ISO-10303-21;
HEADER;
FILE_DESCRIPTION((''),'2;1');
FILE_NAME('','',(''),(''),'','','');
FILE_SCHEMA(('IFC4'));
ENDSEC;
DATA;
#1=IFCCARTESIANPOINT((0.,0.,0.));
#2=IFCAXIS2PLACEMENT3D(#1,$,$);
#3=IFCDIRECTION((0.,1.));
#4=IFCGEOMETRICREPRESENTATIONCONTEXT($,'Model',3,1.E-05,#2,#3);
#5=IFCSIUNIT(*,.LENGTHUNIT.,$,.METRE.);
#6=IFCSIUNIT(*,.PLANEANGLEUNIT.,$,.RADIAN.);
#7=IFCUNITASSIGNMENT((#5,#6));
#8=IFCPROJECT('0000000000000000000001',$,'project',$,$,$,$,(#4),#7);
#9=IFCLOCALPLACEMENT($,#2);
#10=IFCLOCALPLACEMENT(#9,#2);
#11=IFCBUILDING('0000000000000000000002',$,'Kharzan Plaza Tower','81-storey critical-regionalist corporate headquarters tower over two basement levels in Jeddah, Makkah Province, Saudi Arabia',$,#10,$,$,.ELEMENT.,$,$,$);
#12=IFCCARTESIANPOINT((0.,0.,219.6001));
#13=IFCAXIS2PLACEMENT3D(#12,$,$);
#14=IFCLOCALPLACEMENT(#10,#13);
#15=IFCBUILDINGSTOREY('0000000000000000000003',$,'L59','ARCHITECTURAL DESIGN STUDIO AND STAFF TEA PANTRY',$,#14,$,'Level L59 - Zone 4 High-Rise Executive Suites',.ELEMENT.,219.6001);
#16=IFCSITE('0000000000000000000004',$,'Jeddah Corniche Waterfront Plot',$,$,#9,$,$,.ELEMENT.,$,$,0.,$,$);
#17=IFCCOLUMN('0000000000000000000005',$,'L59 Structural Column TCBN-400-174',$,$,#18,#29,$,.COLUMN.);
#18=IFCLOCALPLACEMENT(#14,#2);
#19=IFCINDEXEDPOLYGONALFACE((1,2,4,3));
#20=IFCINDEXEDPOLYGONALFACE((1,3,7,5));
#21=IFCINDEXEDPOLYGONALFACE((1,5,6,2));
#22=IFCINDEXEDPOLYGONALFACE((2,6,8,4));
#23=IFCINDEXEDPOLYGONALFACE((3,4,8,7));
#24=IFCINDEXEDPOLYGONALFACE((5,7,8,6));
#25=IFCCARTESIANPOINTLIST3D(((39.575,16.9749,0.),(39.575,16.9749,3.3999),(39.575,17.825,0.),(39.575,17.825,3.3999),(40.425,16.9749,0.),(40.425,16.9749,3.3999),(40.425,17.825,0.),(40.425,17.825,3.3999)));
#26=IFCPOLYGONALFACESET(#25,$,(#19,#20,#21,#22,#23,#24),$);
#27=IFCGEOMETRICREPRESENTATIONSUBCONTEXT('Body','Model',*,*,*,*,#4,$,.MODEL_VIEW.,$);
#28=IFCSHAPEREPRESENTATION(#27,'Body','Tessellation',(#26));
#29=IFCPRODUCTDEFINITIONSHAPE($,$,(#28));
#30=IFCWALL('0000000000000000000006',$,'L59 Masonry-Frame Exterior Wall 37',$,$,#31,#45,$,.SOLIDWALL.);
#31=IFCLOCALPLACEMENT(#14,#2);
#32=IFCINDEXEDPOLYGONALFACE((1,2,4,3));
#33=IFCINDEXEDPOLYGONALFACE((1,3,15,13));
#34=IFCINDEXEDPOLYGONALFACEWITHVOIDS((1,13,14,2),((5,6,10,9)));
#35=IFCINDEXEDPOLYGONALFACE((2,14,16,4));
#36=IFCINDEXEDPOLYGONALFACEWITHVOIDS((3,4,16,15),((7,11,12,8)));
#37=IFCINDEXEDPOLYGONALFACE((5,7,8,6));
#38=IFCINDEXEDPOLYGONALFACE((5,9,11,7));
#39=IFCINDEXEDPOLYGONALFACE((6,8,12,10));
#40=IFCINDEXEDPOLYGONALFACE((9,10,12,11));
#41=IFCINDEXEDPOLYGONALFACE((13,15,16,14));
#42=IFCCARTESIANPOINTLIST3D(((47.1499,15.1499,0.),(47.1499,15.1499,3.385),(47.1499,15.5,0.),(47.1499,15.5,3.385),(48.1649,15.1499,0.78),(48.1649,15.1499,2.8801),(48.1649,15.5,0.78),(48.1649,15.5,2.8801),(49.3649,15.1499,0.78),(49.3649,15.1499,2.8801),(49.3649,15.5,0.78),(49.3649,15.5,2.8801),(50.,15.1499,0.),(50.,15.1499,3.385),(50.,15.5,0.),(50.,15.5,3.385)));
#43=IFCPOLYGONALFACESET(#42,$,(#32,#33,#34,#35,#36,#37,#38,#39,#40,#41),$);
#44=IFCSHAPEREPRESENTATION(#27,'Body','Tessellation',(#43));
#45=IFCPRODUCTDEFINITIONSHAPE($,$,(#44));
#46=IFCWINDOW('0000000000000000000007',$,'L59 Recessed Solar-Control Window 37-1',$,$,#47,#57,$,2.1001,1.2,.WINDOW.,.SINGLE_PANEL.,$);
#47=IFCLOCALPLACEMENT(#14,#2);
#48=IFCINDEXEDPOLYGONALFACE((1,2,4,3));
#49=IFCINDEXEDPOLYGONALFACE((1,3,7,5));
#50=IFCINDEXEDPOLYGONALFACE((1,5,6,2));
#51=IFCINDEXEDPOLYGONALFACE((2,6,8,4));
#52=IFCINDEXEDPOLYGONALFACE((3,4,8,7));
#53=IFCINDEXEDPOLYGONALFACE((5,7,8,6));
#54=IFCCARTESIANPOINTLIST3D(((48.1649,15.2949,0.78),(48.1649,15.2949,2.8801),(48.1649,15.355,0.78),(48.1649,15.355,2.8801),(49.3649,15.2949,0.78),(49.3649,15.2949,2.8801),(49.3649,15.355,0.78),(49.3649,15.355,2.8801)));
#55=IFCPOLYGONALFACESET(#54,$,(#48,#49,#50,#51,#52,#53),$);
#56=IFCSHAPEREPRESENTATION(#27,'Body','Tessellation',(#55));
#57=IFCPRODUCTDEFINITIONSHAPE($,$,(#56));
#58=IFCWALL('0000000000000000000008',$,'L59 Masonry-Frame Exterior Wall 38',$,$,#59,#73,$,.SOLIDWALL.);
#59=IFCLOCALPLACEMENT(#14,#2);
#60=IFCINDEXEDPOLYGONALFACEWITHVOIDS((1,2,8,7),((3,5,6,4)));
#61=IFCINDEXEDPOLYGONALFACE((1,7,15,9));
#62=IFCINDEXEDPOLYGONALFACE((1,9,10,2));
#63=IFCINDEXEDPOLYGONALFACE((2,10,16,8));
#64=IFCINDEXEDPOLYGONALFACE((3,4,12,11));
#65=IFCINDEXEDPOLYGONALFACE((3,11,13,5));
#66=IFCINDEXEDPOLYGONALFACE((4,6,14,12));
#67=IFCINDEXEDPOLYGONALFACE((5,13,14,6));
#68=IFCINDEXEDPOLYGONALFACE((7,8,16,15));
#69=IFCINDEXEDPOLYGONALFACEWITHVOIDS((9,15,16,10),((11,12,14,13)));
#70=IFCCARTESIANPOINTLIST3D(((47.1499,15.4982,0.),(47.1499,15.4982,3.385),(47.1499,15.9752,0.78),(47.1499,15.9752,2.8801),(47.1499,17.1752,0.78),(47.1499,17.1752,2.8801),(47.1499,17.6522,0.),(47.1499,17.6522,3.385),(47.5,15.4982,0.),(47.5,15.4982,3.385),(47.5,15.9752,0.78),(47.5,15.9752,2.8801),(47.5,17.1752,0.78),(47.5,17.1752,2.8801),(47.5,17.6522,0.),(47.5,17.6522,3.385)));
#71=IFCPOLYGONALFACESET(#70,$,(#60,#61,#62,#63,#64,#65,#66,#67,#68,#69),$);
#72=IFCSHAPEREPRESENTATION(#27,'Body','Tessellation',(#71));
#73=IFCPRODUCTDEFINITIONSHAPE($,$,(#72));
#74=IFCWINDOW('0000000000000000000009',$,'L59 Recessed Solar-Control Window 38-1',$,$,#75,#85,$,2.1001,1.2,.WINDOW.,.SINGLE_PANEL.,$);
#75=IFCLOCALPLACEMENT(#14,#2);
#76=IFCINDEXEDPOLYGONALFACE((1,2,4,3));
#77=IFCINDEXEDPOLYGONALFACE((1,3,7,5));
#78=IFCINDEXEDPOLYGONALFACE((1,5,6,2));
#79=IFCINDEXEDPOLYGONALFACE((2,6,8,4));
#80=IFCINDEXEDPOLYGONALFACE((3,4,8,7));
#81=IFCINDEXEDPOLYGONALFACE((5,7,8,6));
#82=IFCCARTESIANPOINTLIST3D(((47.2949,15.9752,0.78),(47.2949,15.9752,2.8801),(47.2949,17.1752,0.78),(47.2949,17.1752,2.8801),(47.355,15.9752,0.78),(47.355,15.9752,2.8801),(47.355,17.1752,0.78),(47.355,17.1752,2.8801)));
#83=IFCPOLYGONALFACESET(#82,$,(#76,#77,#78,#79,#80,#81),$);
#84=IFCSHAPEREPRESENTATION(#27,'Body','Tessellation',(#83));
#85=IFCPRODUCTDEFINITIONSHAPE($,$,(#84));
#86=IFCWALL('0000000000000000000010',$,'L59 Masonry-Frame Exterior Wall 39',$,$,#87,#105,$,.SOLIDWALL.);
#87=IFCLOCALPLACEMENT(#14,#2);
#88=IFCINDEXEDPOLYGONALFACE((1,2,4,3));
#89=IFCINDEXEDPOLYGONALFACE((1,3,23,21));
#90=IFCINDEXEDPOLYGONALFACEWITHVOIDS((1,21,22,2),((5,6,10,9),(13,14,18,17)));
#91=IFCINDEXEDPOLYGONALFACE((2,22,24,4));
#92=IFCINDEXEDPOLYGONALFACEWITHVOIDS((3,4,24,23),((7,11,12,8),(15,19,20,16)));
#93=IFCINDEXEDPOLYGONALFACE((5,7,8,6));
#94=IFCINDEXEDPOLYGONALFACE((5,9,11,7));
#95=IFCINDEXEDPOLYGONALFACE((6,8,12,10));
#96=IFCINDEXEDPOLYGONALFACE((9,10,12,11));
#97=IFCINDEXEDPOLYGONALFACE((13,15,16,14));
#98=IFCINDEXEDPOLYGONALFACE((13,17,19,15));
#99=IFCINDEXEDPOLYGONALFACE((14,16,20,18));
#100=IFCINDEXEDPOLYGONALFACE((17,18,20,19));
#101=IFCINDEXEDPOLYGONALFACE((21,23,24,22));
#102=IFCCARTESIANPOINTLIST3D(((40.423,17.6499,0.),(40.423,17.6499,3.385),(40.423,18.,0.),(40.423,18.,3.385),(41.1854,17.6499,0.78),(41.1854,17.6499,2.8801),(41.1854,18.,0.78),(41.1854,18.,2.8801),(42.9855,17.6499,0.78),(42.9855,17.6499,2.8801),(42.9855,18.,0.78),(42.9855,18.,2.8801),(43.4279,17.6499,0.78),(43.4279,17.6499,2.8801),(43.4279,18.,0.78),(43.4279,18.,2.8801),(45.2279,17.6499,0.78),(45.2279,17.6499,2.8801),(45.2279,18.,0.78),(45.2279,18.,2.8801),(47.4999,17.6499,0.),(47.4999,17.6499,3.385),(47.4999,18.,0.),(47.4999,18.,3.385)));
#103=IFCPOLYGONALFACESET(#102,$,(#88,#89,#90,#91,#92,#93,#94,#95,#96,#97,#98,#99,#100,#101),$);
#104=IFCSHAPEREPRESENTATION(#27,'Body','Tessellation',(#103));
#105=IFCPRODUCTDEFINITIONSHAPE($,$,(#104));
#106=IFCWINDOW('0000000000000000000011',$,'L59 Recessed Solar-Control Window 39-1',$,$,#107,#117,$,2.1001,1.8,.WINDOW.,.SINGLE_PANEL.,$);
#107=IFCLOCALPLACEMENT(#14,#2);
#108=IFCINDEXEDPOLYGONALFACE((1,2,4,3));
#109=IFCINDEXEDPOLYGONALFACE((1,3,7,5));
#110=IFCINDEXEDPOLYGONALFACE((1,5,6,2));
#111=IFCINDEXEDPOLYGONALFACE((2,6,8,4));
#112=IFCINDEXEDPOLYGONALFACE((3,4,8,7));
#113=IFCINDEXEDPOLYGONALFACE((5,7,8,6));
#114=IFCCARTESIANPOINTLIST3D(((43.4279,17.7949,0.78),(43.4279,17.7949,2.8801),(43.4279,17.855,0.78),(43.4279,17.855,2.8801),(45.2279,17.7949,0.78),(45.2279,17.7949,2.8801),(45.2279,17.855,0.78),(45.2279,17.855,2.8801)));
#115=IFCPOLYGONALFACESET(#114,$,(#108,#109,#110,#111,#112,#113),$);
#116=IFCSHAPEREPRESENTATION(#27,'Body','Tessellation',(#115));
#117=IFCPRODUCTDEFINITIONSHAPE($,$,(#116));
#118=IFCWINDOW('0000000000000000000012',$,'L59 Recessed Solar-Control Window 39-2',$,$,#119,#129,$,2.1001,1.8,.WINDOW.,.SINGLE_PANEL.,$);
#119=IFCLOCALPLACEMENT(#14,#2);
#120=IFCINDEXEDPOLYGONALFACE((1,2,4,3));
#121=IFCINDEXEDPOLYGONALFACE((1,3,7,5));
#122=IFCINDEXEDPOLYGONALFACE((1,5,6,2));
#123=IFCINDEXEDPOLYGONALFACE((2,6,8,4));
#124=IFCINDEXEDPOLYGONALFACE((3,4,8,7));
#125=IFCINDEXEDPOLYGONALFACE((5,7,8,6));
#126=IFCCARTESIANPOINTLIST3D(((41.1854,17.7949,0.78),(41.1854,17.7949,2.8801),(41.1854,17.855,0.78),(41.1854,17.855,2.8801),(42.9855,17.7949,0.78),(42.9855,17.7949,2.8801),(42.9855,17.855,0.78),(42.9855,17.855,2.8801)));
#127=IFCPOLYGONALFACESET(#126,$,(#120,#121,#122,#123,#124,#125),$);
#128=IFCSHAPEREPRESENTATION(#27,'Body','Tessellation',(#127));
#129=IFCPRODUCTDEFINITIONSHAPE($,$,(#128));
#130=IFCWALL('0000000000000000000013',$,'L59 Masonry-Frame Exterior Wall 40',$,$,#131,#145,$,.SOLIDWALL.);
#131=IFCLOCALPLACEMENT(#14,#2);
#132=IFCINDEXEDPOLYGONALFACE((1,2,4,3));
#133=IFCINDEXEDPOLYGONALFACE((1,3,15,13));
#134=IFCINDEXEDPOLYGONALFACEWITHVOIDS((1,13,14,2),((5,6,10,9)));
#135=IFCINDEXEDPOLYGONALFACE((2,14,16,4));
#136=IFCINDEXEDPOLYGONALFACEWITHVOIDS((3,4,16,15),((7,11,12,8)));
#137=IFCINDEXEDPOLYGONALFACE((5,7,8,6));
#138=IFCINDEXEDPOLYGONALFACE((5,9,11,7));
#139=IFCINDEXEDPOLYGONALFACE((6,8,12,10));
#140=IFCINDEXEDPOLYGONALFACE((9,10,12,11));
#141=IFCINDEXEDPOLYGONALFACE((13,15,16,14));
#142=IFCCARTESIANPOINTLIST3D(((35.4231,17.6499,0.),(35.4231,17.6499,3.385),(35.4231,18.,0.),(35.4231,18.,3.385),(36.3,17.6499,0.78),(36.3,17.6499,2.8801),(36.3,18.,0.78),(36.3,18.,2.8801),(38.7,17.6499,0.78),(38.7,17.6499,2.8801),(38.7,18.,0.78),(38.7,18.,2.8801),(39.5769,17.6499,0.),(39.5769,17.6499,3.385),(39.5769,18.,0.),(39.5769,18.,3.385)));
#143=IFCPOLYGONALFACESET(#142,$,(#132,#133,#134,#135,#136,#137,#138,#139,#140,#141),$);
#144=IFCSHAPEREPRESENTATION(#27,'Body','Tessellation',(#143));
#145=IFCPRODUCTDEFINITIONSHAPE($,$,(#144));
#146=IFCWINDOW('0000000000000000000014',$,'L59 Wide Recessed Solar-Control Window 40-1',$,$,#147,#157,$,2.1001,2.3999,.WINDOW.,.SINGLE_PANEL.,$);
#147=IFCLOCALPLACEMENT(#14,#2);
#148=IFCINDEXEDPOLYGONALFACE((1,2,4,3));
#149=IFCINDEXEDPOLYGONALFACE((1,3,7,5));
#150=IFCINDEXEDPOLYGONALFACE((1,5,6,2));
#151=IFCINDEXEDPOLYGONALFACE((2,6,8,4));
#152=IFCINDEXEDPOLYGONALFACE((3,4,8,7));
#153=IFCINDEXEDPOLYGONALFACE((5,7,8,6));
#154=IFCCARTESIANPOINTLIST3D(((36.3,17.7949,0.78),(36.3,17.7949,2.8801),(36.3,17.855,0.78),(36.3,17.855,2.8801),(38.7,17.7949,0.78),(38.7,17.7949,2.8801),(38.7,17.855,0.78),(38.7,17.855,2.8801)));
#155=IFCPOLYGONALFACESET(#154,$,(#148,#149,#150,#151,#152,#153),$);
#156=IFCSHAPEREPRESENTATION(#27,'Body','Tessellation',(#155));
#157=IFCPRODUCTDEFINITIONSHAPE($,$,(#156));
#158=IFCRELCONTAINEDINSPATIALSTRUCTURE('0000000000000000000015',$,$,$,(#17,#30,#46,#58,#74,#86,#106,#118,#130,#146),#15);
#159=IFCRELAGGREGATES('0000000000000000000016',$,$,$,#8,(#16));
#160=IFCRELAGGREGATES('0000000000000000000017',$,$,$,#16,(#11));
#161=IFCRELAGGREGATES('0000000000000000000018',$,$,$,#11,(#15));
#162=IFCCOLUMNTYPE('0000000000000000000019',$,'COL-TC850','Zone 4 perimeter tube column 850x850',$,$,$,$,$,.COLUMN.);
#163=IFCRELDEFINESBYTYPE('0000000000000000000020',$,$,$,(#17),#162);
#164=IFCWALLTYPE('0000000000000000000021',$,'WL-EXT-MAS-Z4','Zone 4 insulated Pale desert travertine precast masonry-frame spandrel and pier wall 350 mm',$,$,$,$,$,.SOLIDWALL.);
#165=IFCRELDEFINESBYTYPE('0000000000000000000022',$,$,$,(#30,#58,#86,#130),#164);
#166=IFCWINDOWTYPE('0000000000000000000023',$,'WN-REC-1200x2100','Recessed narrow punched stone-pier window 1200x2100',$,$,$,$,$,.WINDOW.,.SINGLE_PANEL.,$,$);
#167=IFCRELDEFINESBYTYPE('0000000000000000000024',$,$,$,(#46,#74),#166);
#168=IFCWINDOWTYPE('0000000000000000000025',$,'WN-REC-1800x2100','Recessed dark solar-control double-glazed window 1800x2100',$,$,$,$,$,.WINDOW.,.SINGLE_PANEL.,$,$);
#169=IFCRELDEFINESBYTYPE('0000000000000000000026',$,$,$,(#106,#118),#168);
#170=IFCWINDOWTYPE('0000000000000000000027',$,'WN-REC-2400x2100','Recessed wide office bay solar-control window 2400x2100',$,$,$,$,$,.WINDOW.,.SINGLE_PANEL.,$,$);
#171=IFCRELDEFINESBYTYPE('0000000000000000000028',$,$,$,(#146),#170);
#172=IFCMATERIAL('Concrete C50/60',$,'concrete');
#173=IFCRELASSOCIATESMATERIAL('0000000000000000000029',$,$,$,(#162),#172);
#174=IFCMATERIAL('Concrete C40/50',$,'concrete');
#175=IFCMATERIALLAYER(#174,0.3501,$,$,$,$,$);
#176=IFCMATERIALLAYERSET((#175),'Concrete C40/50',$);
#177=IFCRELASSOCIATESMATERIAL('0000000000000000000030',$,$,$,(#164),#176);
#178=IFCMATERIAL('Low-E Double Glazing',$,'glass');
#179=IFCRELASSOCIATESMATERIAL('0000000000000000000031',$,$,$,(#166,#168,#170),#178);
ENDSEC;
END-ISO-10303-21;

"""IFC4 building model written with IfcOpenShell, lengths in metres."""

from ifc_helpers import new_model, si_unit, direction, frame, frame_2d, origin, origin_2d, place, context, subcontext, project, spatial, rectangle, extrude, source, transform, mapped, material, layer, layer_set, material_profile, profile_set, type_object, element, fill, save


model = new_model("IFC4")

# Units and contexts
model_context = context("Model", 3, precision=1e-05, world=origin(), true_north=direction((0.0, 1.0)))
body_context = subcontext(model_context, "Body", "Model", "MODEL_VIEW")
ifc_project = project(units=[si_unit("LENGTHUNIT", "METRE"), si_unit("PLANEANGLEUNIT", "RADIAN")], contexts=[model_context])

# Site, building, storey
site_placement = place(None, origin())
site = spatial("IfcSite", under=ifc_project, at=site_placement, Name="Jeddah Corniche Waterfront Plot", CompositionType="ELEMENT", RefElevation=0.0)
building_placement = place(site_placement, origin())
building = spatial("IfcBuilding", under=site, at=building_placement, Name="Kharzan Plaza Tower", Description="81-storey critical-regionalist corporate headquarters tower over two basement levels in Jeddah, Makkah Province, Saudi Arabia", CompositionType="ELEMENT")
storey_placement = place(building_placement, frame((0.0, 0.0, 219.6001)))
storey = spatial("IfcBuildingStorey", under=building, at=storey_placement, Name="L59", Description="ARCHITECTURAL DESIGN STUDIO AND STAFF TEA PANTRY", LongName="Level L59 - Zone 4 High-Rise Executive Suites", CompositionType="ELEMENT", Elevation=219.6001)

# Column
ifc_material_1 = material(Name="Concrete C50/60", Category="concrete")
ifc_material_profile = material_profile(ifc_material_1, rectangle(XDim=0.8501, YDim=0.8501, at=origin_2d()), Name="RC-TC850x850")
ifc_profile_set = profile_set([ifc_material_profile], Name="Concrete C50/60")
column_type = type_object("IfcColumnType", Name="COL-TC850", Description="Zone 4 perimeter tube column 850x850", PredefinedType="COLUMN", material=ifc_profile_set)
shared_shape_1 = source(origin(), body_context, "Body", "SweptSolid", [
    extrude(rectangle(XDim=0.8501, YDim=0.8501, at=origin_2d()), origin(), (0.0, 0.0, 1.0), 3.3999),
])
column_placement = place(storey_placement, frame((40.0, 17.3999, 0.0), z_axis=(0.0, 0.0, 1.0), x_axis=(1.0, 0.0, 0.0)))
element("IfcColumn", 1, at=column_placement, inside=storey, type_object=column_type, Name="L59 Structural Column TCBN-400-174", PredefinedType="COLUMN", context=body_context, shape_type="MappedRepresentation", body=[
    mapped(shared_shape_1, transform((0.0, 0.0, 0.0), x_axis=(1.0, 0.0, 0.0), y_axis=(0.0, 1.0, 0.0), z_axis=(0.0, 0.0, 1.0))),
])

# Walls, openings, windows
ifc_material_2 = material(Name="Concrete C40/50", Category="concrete")
ifc_layer_1 = layer(ifc_material_2, 0.3501)
ifc_layer_set_1 = layer_set([ifc_layer_1], Name="Concrete C40/50")
wall_type_1 = type_object("IfcWallType", Name="WL-EXT-MAS-Z4", Description="Zone 4 insulated Pale desert travertine precast masonry-frame spandrel and pier wall 350 mm", PredefinedType="SOLIDWALL", material=ifc_layer_set_1)
wall_1_placement = place(storey_placement, frame((50.0, 15.325, 0.0), z_axis=(0.0, 0.0, 1.0), x_axis=(-1.0, 0.0, 0.0)))
wall_1 = element("IfcWall", 2, at=wall_1_placement, inside=storey, type_object=wall_type_1, Name="L59 Masonry-Frame Exterior Wall 37", PredefinedType="SOLIDWALL", context=body_context, shape_type="SweptSolid", body=[
    extrude(rectangle(XDim=2.8501, YDim=0.3501, at=frame_2d((1.425, 0.0))), origin(), (0.0, 0.0, 1.0), 3.385),
])
opening_1_placement = place(wall_1_placement, frame((0.635, 0.0, 0.78)))
opening_1 = element("IfcOpeningElement", 3, at=opening_1_placement, cuts=wall_1, PredefinedType="OPENING", context=body_context, shape_type="SweptSolid", body=[
    extrude(rectangle(XDim=1.2, YDim=2.1001, at=frame_2d((0.6001, 1.05))), frame((0.0, 0.1851, 0.0), z_axis=(0.0, -1.0, 0.0), x_axis=(1.0, 0.0, 0.0)), (0.0, 0.0, 1.0), 0.3701),
])
ifc_material_3 = material(Name="Low-E Double Glazing", Category="glass")
window_type_1 = type_object("IfcWindowType", Name="WN-REC-1200x2100", Description="Recessed narrow punched stone-pier window 1200x2100", PartitioningType="SINGLE_PANEL", PredefinedType="WINDOW", material=ifc_material_3)
shared_shape_2 = source(origin(), body_context, "Body", "SweptSolid", [
    extrude(rectangle(XDim=1.2, YDim=2.1001, at=frame_2d((0.6001, 1.05))), frame((0.0, 0.03, 0.0), z_axis=(0.0, -1.0, 0.0), x_axis=(1.0, 0.0, 0.0)), (0.0, 0.0, 1.0), 0.0601),
])
window_1_placement = place(opening_1_placement, origin())
window_1 = element("IfcWindow", 4, at=window_1_placement, inside=storey, type_object=window_type_1, Name="L59 Recessed Solar-Control Window 37-1", OverallHeight=2.1001, OverallWidth=1.2, PartitioningType="SINGLE_PANEL", PredefinedType="WINDOW", context=body_context, shape_type="MappedRepresentation", body=[
    mapped(shared_shape_2, transform((0.0, 0.0, 0.0), x_axis=(1.0, 0.0, 0.0), y_axis=(0.0, 1.0, 0.0), z_axis=(0.0, 0.0, 1.0))),
])
fill(opening_1, window_1)
wall_2_placement = place(storey_placement, frame((47.325, 15.498, 0.0), z_axis=(0.0, 0.0, 1.0), x_axis=(0.0, 1.0, 0.0)))
wall_2 = element("IfcWall", 5, at=wall_2_placement, inside=storey, type_object=wall_type_1, Name="L59 Masonry-Frame Exterior Wall 38", PredefinedType="SOLIDWALL", context=body_context, shape_type="SweptSolid", body=[
    extrude(rectangle(XDim=2.1541, YDim=0.3501, at=frame_2d((1.0771, 0.0))), origin(), (0.0, 0.0, 1.0), 3.385),
])
opening_2_placement = place(wall_2_placement, frame((0.4771, 0.0, 0.78)))
opening_2 = element("IfcOpeningElement", 6, at=opening_2_placement, cuts=wall_2, PredefinedType="OPENING", context=body_context, shape_type="SweptSolid", body=[
    extrude(rectangle(XDim=1.2, YDim=2.1001, at=frame_2d((0.6001, 1.05))), frame((0.0, 0.1851, 0.0), z_axis=(0.0, -1.0, 0.0), x_axis=(1.0, 0.0, 0.0)), (0.0, 0.0, 1.0), 0.3701),
])
window_2_placement = place(opening_2_placement, origin())
window_2 = element("IfcWindow", 7, at=window_2_placement, inside=storey, type_object=window_type_1, Name="L59 Recessed Solar-Control Window 38-1", OverallHeight=2.1001, OverallWidth=1.2, PartitioningType="SINGLE_PANEL", PredefinedType="WINDOW", context=body_context, shape_type="MappedRepresentation", body=[
    mapped(shared_shape_2, transform((0.0, 0.0, 0.0), x_axis=(1.0, 0.0, 0.0), y_axis=(0.0, 1.0, 0.0), z_axis=(0.0, 0.0, 1.0))),
])
fill(opening_2, window_2)

# Wall, openings, windows
wall_3_placement = place(storey_placement, frame((47.5, 17.825, 0.0), z_axis=(0.0, 0.0, 1.0), x_axis=(-1.0, 0.0, 0.0)))
wall_3 = element("IfcWall", 8, at=wall_3_placement, inside=storey, type_object=wall_type_1, Name="L59 Masonry-Frame Exterior Wall 39", PredefinedType="SOLIDWALL", context=body_context, shape_type="SweptSolid", body=[
    extrude(rectangle(XDim=7.0769, YDim=0.3501, at=frame_2d((3.5386, 0.0))), origin(), (0.0, 0.0, 1.0), 3.385),
])
opening_3_placement = place(wall_3_placement, frame((2.2722, 0.0, 0.78)))
opening_3 = element("IfcOpeningElement", 9, at=opening_3_placement, cuts=wall_3, PredefinedType="OPENING", context=body_context, shape_type="SweptSolid", body=[
    extrude(rectangle(XDim=1.8, YDim=2.1001, at=frame_2d((0.8999, 1.05))), frame((0.0, 0.1851, 0.0), z_axis=(0.0, -1.0, 0.0), x_axis=(1.0, 0.0, 0.0)), (0.0, 0.0, 1.0), 0.3701),
])
opening_4_placement = place(wall_3_placement, frame((4.5146, 0.0, 0.78)))
opening_4 = element("IfcOpeningElement", 10, at=opening_4_placement, cuts=wall_3, PredefinedType="OPENING", context=body_context, shape_type="SweptSolid", body=[
    extrude(rectangle(XDim=1.8, YDim=2.1001, at=frame_2d((0.8999, 1.05))), frame((0.0, 0.1851, 0.0), z_axis=(0.0, -1.0, 0.0), x_axis=(1.0, 0.0, 0.0)), (0.0, 0.0, 1.0), 0.3701),
])
window_type_2 = type_object("IfcWindowType", Name="WN-REC-1800x2100", Description="Recessed dark solar-control double-glazed window 1800x2100", PartitioningType="SINGLE_PANEL", PredefinedType="WINDOW", material=ifc_material_3)
shared_shape_3 = source(origin(), body_context, "Body", "SweptSolid", [
    extrude(rectangle(XDim=1.8, YDim=2.1001, at=frame_2d((0.8999, 1.05))), frame((0.0, 0.03, 0.0), z_axis=(0.0, -1.0, 0.0), x_axis=(1.0, 0.0, 0.0)), (0.0, 0.0, 1.0), 0.0601),
])
window_3_placement = place(opening_3_placement, origin())
window_3 = element("IfcWindow", 11, at=window_3_placement, inside=storey, type_object=window_type_2, Name="L59 Recessed Solar-Control Window 39-1", OverallHeight=2.1001, OverallWidth=1.8, PartitioningType="SINGLE_PANEL", PredefinedType="WINDOW", context=body_context, shape_type="MappedRepresentation", body=[
    mapped(shared_shape_3, transform((0.0, 0.0, 0.0), x_axis=(1.0, 0.0, 0.0), y_axis=(0.0, 1.0, 0.0), z_axis=(0.0, 0.0, 1.0))),
])
fill(opening_3, window_3)
window_4_placement = place(opening_4_placement, origin())
window_4 = element("IfcWindow", 12, at=window_4_placement, inside=storey, type_object=window_type_2, Name="L59 Recessed Solar-Control Window 39-2", OverallHeight=2.1001, OverallWidth=1.8, PartitioningType="SINGLE_PANEL", PredefinedType="WINDOW", context=body_context, shape_type="MappedRepresentation", body=[
    mapped(shared_shape_3, transform((0.0, 0.0, 0.0), x_axis=(1.0, 0.0, 0.0), y_axis=(0.0, 1.0, 0.0), z_axis=(0.0, 0.0, 1.0))),
])
fill(opening_4, window_4)

# Wall, opening, window
wall_4_placement = place(storey_placement, frame((39.5769, 17.825, 0.0), z_axis=(0.0, 0.0, 1.0), x_axis=(-1.0, 0.0, 0.0)))
wall_4 = element("IfcWall", 13, at=wall_4_placement, inside=storey, type_object=wall_type_1, Name="L59 Masonry-Frame Exterior Wall 40", PredefinedType="SOLIDWALL", context=body_context, shape_type="SweptSolid", body=[
    extrude(rectangle(XDim=4.1538, YDim=0.3501, at=frame_2d((2.0769, 0.0))), origin(), (0.0, 0.0, 1.0), 3.385),
])
opening_5_placement = place(wall_4_placement, frame((0.877, 0.0, 0.78)))
opening_5 = element("IfcOpeningElement", 14, at=opening_5_placement, cuts=wall_4, PredefinedType="OPENING", context=body_context, shape_type="SweptSolid", body=[
    extrude(rectangle(XDim=2.3999, YDim=2.1001, at=frame_2d((1.2, 1.05))), frame((0.0, 0.1851, 0.0), z_axis=(0.0, -1.0, 0.0), x_axis=(1.0, 0.0, 0.0)), (0.0, 0.0, 1.0), 0.3701),
])
window_type_3 = type_object("IfcWindowType", Name="WN-REC-2400x2100", Description="Recessed wide office bay solar-control window 2400x2100", PartitioningType="SINGLE_PANEL", PredefinedType="WINDOW", material=ifc_material_3)
shared_shape_4 = source(origin(), body_context, "Body", "SweptSolid", [
    extrude(rectangle(XDim=2.3999, YDim=2.1001, at=frame_2d((1.2, 1.05))), frame((0.0, 0.03, 0.0), z_axis=(0.0, -1.0, 0.0), x_axis=(1.0, 0.0, 0.0)), (0.0, 0.0, 1.0), 0.0601),
])
window_5_placement = place(opening_5_placement, origin())
window_5 = element("IfcWindow", 15, at=window_5_placement, inside=storey, type_object=window_type_3, Name="L59 Wide Recessed Solar-Control Window 40-1", OverallHeight=2.1001, OverallWidth=2.3999, PartitioningType="SINGLE_PANEL", PredefinedType="WINDOW", context=body_context, shape_type="MappedRepresentation", body=[
    mapped(shared_shape_4, transform((0.0, 0.0, 0.0), x_axis=(1.0, 0.0, 0.0), y_axis=(0.0, 1.0, 0.0), z_axis=(0.0, 0.0, 1.0))),
])
fill(opening_5, window_5)

save(model, "model.ifc")
